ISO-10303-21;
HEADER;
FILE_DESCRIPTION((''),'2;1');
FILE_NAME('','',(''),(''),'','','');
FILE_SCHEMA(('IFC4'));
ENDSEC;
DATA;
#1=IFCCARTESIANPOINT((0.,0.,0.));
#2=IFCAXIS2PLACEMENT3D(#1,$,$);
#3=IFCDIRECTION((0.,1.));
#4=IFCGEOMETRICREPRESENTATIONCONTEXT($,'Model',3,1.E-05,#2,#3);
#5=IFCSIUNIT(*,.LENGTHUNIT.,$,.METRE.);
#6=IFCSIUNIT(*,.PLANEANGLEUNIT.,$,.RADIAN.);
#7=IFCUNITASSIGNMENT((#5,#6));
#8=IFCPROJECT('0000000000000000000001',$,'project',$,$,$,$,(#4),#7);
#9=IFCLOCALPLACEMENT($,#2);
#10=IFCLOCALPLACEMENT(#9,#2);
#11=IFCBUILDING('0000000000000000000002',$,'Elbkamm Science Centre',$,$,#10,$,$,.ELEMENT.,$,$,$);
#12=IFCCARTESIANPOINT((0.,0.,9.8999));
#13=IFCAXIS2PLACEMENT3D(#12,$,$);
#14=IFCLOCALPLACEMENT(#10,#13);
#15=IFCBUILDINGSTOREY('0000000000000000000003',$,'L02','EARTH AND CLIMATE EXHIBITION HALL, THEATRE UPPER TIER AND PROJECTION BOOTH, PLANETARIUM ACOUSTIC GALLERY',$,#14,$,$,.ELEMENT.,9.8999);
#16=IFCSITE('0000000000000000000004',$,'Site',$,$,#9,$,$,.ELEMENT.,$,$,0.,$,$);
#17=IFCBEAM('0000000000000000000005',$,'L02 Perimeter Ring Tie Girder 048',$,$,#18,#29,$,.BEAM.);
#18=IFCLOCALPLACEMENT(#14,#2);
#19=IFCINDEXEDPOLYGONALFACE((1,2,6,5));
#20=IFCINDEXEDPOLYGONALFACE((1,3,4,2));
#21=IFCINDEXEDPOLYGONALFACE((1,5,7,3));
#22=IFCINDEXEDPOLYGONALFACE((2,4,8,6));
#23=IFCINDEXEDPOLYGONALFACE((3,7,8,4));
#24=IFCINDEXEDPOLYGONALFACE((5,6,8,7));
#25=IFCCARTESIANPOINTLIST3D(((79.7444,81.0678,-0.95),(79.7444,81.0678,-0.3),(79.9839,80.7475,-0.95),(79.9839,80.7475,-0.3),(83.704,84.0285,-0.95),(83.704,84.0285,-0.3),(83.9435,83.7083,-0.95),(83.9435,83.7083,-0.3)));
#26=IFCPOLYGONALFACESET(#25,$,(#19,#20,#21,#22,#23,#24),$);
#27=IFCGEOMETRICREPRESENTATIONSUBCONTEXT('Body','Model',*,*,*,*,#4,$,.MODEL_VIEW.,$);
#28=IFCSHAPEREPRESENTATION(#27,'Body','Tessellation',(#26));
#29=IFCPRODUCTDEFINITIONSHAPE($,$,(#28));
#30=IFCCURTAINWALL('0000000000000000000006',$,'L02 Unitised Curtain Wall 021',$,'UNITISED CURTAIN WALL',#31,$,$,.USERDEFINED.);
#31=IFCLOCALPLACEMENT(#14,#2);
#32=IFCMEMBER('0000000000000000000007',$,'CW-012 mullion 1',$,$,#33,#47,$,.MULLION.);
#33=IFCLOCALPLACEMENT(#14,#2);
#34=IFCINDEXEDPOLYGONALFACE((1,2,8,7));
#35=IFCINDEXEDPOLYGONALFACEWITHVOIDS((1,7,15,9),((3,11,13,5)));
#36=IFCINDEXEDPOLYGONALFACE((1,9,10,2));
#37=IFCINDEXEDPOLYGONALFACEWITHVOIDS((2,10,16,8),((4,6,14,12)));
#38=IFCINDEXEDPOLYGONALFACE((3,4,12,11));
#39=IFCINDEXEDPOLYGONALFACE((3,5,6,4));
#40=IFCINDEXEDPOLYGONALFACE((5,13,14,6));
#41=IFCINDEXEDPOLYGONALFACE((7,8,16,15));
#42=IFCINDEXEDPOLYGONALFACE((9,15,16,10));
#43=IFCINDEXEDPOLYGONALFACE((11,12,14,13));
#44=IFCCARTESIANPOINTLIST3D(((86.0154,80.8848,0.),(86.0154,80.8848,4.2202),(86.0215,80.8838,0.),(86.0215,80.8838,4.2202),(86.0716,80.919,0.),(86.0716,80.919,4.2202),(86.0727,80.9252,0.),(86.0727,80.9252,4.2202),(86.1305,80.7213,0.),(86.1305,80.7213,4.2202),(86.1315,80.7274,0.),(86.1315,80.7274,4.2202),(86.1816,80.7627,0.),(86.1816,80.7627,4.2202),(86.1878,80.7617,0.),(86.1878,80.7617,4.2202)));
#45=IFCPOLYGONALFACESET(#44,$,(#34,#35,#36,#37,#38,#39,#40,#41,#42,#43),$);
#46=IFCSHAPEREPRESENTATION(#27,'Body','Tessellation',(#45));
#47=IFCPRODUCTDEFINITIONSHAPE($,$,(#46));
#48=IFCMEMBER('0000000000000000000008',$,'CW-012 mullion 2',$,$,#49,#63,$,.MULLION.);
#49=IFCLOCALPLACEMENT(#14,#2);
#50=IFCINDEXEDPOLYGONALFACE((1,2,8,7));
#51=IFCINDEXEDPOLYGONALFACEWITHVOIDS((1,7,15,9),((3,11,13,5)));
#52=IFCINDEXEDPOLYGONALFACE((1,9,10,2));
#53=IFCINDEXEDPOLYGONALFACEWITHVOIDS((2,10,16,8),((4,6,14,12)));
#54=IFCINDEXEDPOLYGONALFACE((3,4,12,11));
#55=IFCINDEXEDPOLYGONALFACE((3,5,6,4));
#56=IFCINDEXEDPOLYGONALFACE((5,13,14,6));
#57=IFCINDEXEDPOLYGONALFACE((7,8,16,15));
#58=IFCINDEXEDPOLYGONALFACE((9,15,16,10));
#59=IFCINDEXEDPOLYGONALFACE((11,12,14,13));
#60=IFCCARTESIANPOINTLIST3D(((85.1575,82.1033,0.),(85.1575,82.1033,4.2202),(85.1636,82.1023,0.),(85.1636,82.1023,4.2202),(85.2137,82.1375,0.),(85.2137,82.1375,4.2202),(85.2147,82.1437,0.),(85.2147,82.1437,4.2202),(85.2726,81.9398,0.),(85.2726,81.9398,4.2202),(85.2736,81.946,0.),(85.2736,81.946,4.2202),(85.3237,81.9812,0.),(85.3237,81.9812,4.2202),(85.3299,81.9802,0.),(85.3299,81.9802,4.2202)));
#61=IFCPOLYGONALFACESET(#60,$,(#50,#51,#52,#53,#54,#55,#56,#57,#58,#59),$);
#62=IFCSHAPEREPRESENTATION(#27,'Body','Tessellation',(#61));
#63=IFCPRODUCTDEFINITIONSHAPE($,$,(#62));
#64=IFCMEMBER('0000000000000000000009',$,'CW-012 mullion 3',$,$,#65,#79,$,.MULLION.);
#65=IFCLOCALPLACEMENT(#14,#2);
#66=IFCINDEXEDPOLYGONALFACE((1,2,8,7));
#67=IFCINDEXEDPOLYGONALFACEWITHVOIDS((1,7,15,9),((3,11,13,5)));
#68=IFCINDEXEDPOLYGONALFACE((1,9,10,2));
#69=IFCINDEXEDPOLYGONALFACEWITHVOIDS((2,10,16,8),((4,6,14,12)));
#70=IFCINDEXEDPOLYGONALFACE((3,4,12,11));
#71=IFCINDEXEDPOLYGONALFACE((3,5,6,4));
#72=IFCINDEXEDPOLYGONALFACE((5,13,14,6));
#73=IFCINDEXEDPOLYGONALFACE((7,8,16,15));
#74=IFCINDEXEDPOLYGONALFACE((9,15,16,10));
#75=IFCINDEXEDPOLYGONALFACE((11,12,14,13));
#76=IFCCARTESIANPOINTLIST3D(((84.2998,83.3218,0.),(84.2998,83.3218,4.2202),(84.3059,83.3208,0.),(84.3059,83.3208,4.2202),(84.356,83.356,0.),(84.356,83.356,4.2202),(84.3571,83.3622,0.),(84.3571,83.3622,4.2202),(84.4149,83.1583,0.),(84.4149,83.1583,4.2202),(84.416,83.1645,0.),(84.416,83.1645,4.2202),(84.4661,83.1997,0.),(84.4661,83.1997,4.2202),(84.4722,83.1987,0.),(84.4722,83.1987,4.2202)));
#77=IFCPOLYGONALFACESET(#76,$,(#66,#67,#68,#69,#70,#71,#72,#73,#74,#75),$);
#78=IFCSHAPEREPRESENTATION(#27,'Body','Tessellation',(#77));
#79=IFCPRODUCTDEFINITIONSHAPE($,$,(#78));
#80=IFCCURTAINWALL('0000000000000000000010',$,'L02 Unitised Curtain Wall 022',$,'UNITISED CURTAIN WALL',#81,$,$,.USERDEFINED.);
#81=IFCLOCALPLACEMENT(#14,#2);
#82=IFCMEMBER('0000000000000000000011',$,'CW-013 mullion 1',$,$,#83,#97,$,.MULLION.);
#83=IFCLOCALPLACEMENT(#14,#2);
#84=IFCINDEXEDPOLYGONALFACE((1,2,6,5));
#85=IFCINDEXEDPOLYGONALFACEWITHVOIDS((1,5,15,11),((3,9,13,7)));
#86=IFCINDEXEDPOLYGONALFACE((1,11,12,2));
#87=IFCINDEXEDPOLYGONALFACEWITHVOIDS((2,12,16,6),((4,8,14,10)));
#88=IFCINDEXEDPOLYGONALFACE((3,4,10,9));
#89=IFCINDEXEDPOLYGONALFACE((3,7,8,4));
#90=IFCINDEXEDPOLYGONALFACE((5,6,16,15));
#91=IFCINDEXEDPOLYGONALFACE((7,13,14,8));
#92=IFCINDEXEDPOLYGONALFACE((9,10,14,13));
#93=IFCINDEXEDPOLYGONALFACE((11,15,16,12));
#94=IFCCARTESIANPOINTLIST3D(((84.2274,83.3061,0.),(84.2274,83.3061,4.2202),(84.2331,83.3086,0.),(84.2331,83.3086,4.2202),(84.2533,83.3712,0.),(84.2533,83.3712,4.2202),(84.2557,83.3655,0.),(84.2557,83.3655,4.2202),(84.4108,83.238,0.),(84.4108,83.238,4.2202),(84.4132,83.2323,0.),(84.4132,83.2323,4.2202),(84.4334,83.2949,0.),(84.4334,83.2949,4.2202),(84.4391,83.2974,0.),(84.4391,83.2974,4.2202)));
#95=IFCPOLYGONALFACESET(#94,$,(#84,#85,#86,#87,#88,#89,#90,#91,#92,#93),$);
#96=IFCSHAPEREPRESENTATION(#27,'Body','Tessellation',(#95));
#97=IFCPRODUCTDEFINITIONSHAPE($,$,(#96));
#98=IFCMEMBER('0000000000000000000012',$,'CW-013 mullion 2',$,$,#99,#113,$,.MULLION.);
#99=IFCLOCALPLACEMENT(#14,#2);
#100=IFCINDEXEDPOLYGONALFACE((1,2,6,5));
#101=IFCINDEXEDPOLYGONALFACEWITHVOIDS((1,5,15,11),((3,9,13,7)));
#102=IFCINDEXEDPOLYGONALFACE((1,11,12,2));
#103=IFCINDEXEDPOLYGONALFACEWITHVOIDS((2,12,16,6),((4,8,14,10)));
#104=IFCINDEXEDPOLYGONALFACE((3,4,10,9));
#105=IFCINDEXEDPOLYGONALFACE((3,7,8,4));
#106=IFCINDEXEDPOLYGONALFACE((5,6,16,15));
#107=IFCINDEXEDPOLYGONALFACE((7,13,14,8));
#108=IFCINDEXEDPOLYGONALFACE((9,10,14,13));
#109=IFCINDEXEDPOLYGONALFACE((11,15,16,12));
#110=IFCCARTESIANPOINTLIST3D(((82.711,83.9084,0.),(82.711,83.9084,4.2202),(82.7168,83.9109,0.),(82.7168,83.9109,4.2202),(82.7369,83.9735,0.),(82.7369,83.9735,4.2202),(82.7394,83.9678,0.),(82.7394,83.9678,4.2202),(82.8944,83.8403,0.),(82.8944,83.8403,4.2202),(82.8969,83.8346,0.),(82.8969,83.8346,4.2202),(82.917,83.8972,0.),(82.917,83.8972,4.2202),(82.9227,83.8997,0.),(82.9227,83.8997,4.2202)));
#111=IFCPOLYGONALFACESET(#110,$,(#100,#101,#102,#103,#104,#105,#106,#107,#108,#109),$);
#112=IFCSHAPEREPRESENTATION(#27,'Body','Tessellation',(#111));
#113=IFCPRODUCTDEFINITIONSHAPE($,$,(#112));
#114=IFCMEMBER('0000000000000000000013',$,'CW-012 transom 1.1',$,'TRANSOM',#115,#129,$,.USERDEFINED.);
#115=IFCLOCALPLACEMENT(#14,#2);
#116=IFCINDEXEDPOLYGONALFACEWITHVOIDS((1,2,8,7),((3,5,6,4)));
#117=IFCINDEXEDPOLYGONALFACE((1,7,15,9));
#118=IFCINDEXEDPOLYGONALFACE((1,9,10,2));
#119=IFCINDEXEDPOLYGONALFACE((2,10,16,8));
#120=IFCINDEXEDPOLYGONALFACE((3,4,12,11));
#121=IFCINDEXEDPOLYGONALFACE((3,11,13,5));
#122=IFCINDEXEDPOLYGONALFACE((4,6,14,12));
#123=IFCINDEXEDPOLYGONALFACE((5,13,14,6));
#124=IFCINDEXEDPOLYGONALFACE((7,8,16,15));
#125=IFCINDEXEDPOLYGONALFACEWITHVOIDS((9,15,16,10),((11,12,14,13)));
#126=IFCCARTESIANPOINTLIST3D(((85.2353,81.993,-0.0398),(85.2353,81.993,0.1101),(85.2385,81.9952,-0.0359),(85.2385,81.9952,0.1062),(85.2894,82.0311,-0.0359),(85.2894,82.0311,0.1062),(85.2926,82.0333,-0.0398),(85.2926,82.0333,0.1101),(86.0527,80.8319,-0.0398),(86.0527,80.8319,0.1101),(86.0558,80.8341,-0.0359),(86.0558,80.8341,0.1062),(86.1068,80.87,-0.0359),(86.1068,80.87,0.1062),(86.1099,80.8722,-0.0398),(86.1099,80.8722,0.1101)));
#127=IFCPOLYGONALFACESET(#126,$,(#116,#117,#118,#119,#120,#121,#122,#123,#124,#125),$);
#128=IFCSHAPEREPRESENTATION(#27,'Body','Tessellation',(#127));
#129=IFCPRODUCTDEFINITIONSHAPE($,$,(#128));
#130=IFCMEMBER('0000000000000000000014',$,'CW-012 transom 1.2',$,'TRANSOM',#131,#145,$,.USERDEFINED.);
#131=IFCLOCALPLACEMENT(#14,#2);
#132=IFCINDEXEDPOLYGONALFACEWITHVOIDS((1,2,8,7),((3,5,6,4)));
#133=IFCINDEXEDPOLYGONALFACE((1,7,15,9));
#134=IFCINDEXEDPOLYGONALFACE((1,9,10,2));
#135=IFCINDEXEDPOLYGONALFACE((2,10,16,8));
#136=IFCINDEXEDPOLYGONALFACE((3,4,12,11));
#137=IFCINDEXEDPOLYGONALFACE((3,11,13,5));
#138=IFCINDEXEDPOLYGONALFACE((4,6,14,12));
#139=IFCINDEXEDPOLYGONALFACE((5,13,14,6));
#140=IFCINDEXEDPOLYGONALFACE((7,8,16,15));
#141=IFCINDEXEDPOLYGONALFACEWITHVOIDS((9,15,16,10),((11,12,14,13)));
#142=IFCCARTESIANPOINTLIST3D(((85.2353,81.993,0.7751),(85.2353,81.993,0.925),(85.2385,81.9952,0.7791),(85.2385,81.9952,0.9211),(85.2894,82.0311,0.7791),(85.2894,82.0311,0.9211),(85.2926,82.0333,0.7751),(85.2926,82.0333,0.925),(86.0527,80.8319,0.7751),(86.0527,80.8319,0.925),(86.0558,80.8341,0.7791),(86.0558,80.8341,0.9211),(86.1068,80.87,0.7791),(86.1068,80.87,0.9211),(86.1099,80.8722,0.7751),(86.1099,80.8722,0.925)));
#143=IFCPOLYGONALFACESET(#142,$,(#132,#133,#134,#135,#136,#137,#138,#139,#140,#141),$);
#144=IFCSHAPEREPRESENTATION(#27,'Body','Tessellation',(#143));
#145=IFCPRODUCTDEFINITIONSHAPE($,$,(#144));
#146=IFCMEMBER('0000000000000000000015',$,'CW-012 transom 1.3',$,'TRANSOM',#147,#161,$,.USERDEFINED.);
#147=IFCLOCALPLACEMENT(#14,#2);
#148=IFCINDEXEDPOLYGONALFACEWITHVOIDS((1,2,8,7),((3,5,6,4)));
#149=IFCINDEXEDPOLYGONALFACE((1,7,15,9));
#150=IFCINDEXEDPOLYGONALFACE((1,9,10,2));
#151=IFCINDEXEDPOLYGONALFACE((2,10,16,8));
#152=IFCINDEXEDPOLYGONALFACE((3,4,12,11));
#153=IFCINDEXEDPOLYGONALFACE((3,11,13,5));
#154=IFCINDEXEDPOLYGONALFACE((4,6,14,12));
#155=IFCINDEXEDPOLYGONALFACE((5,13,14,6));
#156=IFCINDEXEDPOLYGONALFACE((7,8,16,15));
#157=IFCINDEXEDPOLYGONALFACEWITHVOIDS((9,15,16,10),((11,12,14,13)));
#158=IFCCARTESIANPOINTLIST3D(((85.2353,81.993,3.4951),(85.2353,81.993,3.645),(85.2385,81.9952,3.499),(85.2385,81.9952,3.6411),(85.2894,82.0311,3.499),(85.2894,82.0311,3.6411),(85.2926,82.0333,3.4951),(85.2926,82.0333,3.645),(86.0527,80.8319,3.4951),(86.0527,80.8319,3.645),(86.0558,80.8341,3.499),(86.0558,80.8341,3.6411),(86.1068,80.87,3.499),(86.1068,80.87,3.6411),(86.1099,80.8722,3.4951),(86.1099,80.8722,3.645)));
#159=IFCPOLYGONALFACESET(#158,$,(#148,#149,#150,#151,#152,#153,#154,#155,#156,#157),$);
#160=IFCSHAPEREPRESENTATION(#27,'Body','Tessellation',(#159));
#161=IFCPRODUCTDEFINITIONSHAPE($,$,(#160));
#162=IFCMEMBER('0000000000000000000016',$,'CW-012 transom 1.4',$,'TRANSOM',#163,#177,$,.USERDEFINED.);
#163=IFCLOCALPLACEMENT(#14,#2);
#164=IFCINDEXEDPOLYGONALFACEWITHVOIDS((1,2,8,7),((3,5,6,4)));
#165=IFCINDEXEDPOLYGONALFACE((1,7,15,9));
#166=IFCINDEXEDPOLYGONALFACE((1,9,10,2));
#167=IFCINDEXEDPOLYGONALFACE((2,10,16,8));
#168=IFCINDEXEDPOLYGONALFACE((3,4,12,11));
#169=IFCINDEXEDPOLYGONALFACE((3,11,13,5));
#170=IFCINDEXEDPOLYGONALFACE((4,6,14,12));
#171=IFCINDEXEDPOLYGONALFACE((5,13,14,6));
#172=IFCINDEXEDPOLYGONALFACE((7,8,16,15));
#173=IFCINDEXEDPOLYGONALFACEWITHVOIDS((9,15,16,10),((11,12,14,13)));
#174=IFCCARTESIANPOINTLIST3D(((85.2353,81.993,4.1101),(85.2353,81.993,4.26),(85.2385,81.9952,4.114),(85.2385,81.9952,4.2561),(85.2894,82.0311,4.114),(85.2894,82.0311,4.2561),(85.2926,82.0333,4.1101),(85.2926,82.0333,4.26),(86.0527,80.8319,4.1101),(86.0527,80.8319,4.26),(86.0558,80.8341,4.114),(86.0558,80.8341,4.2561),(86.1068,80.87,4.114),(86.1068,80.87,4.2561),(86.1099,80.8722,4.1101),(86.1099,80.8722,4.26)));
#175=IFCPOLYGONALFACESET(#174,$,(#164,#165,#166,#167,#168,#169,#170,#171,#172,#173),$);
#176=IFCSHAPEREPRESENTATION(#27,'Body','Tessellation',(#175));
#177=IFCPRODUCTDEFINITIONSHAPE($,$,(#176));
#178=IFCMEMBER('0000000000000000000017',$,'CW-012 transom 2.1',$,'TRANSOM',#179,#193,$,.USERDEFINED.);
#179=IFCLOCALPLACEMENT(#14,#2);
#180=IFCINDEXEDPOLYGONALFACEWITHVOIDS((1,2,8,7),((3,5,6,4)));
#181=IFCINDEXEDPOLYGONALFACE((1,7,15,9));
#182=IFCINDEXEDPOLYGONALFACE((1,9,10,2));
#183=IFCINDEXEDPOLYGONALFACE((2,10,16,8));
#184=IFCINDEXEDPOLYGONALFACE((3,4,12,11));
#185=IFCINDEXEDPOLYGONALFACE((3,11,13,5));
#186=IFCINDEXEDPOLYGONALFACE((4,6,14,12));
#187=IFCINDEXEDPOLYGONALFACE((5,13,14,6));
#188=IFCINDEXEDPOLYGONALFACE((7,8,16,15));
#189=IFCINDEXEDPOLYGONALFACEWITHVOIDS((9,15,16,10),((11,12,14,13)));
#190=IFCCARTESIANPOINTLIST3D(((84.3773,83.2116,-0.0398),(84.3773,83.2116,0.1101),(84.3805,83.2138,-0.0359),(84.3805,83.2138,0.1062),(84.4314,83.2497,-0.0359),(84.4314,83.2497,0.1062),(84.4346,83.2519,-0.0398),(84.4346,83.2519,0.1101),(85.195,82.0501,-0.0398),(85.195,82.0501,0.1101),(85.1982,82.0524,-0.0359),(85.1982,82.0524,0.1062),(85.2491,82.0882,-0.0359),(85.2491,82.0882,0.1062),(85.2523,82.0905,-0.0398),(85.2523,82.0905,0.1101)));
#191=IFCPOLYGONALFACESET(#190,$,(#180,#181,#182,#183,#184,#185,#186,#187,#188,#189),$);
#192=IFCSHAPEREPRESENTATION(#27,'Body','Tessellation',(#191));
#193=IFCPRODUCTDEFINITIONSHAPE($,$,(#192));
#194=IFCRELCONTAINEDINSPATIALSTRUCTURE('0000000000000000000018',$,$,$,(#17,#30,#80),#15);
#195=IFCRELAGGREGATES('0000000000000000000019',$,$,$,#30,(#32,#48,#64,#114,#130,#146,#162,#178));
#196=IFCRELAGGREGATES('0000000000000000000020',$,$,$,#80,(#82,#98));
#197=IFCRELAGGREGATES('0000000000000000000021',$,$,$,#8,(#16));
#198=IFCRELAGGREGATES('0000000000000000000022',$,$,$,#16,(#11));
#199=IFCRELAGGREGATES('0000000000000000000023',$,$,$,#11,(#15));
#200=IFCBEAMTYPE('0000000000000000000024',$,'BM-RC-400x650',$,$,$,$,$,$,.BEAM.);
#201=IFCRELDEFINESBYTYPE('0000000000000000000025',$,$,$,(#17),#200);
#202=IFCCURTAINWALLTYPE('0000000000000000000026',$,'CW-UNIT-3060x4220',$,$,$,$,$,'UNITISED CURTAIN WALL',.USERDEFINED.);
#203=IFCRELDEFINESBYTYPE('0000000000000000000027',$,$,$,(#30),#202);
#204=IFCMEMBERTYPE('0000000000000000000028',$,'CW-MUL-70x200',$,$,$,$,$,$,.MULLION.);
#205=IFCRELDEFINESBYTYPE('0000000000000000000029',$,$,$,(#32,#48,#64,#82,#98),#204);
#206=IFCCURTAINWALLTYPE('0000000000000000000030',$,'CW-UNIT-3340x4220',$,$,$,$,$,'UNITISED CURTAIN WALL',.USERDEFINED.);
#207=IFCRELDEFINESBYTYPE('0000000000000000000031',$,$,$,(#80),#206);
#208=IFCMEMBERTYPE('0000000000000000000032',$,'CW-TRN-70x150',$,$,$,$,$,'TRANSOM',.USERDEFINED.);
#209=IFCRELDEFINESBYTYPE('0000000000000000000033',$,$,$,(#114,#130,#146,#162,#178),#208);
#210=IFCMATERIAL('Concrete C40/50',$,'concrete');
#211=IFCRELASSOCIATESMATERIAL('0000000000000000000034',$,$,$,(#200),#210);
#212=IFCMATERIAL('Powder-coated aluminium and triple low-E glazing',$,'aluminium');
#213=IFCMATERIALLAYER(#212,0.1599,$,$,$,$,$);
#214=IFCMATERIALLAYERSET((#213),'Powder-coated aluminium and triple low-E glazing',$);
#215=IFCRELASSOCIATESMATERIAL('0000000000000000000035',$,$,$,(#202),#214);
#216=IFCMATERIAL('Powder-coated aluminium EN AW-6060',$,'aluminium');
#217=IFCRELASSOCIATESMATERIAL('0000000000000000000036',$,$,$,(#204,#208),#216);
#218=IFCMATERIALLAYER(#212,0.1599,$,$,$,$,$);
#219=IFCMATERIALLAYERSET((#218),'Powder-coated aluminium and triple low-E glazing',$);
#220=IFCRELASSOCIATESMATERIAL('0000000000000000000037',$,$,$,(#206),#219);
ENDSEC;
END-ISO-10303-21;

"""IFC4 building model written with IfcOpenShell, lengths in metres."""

from ifc_helpers import new_model, si_unit, direction, frame, origin, origin_2d, place, context, subcontext, project, spatial, rectangle, hollow_rectangle, extrude, material, layer, layer_set, material_profile, profile_set, type_object, element, aggregate, save


model = new_model("IFC4")

# Units and contexts
model_context = context("Model", 3, precision=1e-05, world=origin(), true_north=direction((0.0, 1.0)))
body_context = subcontext(model_context, "Body", "Model", "MODEL_VIEW")
ifc_project = project(units=[si_unit("LENGTHUNIT", "METRE"), si_unit("PLANEANGLEUNIT", "RADIAN")], contexts=[model_context])

# Site, building, storey
site_placement = place(None, origin())
site = spatial("IfcSite", under=ifc_project, at=site_placement, Name="Site", CompositionType="ELEMENT", RefElevation=0.0)
building_placement = place(site_placement, origin())
building = spatial("IfcBuilding", under=site, at=building_placement, Name="Elbkamm Science Centre", CompositionType="ELEMENT")
storey_placement = place(building_placement, frame((0.0, 0.0, 9.8999)))
storey = spatial("IfcBuildingStorey", under=building, at=storey_placement, Name="L02", Description="EARTH AND CLIMATE EXHIBITION HALL, THEATRE UPPER TIER AND PROJECTION BOOTH, PLANETARIUM ACOUSTIC GALLERY", CompositionType="ELEMENT", Elevation=9.8999)

# Beam
ifc_material_1 = material(Name="Concrete C40/50", Category="concrete")
ifc_material_profile_1 = material_profile(ifc_material_1, rectangle(XDim=0.3999, YDim=0.6499, at=origin_2d()), Name="RC 400x650")
ifc_profile_set_1 = profile_set([ifc_material_profile_1], Name="Concrete C40/50")
beam_type = type_object("IfcBeamType", Name="BM-RC-400x650", PredefinedType="BEAM", material=ifc_profile_set_1)
beam_placement = place(storey_placement, frame((83.8237, 83.8684, -0.625), z_axis=(-0.800864, -0.598846, 0.0), x_axis=(0.598846, -0.800864, 0.0)))
element("IfcBeam", 1, at=beam_placement, inside=storey, type_object=beam_type, Name="L02 Perimeter Ring Tie Girder 048", PredefinedType="BEAM", context=body_context, shape_type="SweptSolid", body=[
    extrude(rectangle(XDim=0.3999, YDim=0.6499, at=origin_2d()), origin(), (0.0, 0.0, 1.0), 4.9441),
])

# Curtain walls, members
ifc_material_2 = material(Name="Powder-coated aluminium and triple low-E glazing", Category="aluminium")
ifc_layer_1 = layer(ifc_material_2, 0.1599)
ifc_layer_set_1 = layer_set([ifc_layer_1], Name="Powder-coated aluminium and triple low-E glazing")
curtain_wall_type_1 = type_object("IfcCurtainWallType", Name="CW-UNIT-3060x4220", ElementType="UNITISED CURTAIN WALL", PredefinedType="USERDEFINED", material=ifc_layer_set_1)
curtain_wall_1_placement = place(storey_placement, origin())
curtain_wall_1 = element("IfcCurtainWall", 2, at=curtain_wall_1_placement, inside=storey, type_object=curtain_wall_type_1, Name="L02 Unitised Curtain Wall 021", ObjectType="UNITISED CURTAIN WALL", PredefinedType="USERDEFINED")
ifc_material_3 = material(Name="Powder-coated aluminium EN AW-6060", Category="aluminium")
ifc_material_profile_2 = material_profile(ifc_material_3, hollow_rectangle(XDim=0.0701, YDim=0.2, WallThickness=0.0044, at=origin_2d()), Name="ALU M70x200")
ifc_profile_set_2 = profile_set([ifc_material_profile_2], Name="Powder-coated aluminium EN AW-6060")
member_type_1 = type_object("IfcMemberType", Name="CW-MUL-70x200", PredefinedType="MULLION", material=ifc_profile_set_2)
member_1_placement = place(storey_placement, frame((86.1016, 80.8232, 0.0), z_axis=(0.0, 0.0, 1.0), x_axis=(-0.817695, -0.575652, 0.0)))
member_1 = element("IfcMember", 3, at=member_1_placement, type_object=member_type_1, Name="CW-012 mullion 1", PredefinedType="MULLION", context=body_context, shape_type="SweptSolid", body=[
    extrude(hollow_rectangle(XDim=0.0701, YDim=0.2, WallThickness=0.0044, at=origin_2d()), origin(), (0.0, 0.0, 1.0), 4.2202),
])
member_2_placement = place(storey_placement, frame((85.2437, 82.0417, 0.0), z_axis=(0.0, 0.0, 1.0), x_axis=(-0.817695, -0.575652, 0.0)))
member_2 = element("IfcMember", 4, at=member_2_placement, type_object=member_type_1, Name="CW-012 mullion 2", PredefinedType="MULLION", context=body_context, shape_type="SweptSolid", body=[
    extrude(hollow_rectangle(XDim=0.0701, YDim=0.2, WallThickness=0.0044, at=origin_2d()), origin(), (0.0, 0.0, 1.0), 4.2202),
])
member_3_placement = place(storey_placement, frame((84.386, 83.2603, 0.0), z_axis=(0.0, 0.0, 1.0), x_axis=(-0.817695, -0.575652, 0.0)))
member_3 = element("IfcMember", 5, at=member_3_placement, type_object=member_type_1, Name="CW-012 mullion 3", PredefinedType="MULLION", context=body_context, shape_type="SweptSolid", body=[
    extrude(hollow_rectangle(XDim=0.0701, YDim=0.2, WallThickness=0.0044, at=origin_2d()), origin(), (0.0, 0.0, 1.0), 4.2202),
])
ifc_layer_2 = layer(ifc_material_2, 0.1599)
ifc_layer_set_2 = layer_set([ifc_layer_2], Name="Powder-coated aluminium and triple low-E glazing")
curtain_wall_type_2 = type_object("IfcCurtainWallType", Name="CW-UNIT-3340x4220", ElementType="UNITISED CURTAIN WALL", PredefinedType="USERDEFINED", material=ifc_layer_set_2)
curtain_wall_2_placement = place(storey_placement, origin())
curtain_wall_2 = element("IfcCurtainWall", 6, at=curtain_wall_2_placement, inside=storey, type_object=curtain_wall_type_2, Name="L02 Unitised Curtain Wall 022", ObjectType="UNITISED CURTAIN WALL", PredefinedType="USERDEFINED")
member_4_placement = place(storey_placement, frame((84.3333, 83.3018, 0.0), z_axis=(0.0, 0.0, 1.0), x_axis=(-0.36916, -0.929366, 0.0)))
member_4 = element("IfcMember", 7, at=member_4_placement, type_object=member_type_1, Name="CW-013 mullion 1", PredefinedType="MULLION", context=body_context, shape_type="SweptSolid", body=[
    extrude(hollow_rectangle(XDim=0.0701, YDim=0.2, WallThickness=0.0044, at=origin_2d()), origin(), (0.0, 0.0, 1.0), 4.2202),
])
member_5_placement = place(storey_placement, frame((82.8169, 83.9041, 0.0), z_axis=(0.0, 0.0, 1.0), x_axis=(-0.36916, -0.929366, 0.0)))
member_5 = element("IfcMember", 8, at=member_5_placement, type_object=member_type_1, Name="CW-013 mullion 2", PredefinedType="MULLION", context=body_context, shape_type="SweptSolid", body=[
    extrude(hollow_rectangle(XDim=0.0701, YDim=0.2, WallThickness=0.0044, at=origin_2d()), origin(), (0.0, 0.0, 1.0), 4.2202),
])

# Members
ifc_material_profile_3 = material_profile(ifc_material_3, hollow_rectangle(XDim=0.0701, YDim=0.1499, WallThickness=0.0039, at=origin_2d()), Name="ALU T70x150")
ifc_profile_set_3 = profile_set([ifc_material_profile_3], Name="Powder-coated aluminium EN AW-6060")
member_type_2 = type_object("IfcMemberType", Name="CW-TRN-70x150", ElementType="TRANSOM", PredefinedType="USERDEFINED", material=ifc_profile_set_3)
member_6_placement = place(storey_placement, frame((86.0813, 80.8521, 0.0352), z_axis=(-0.57563, 0.817711, 0.0), x_axis=(-0.817711, -0.57563, 0.0)))
member_6 = element("IfcMember", 9, at=member_6_placement, type_object=member_type_2, Name="CW-012 transom 1.1", ObjectType="TRANSOM", PredefinedType="USERDEFINED", context=body_context, shape_type="SweptSolid", body=[
    extrude(hollow_rectangle(XDim=0.0701, YDim=0.1499, WallThickness=0.0039, at=origin_2d()), origin(), (0.0, 0.0, 1.0), 1.4199),
])
member_7_placement = place(storey_placement, frame((86.0813, 80.8521, 0.8501), z_axis=(-0.57563, 0.817711, 0.0), x_axis=(-0.817711, -0.57563, 0.0)))
member_7 = element("IfcMember", 10, at=member_7_placement, type_object=member_type_2, Name="CW-012 transom 1.2", ObjectType="TRANSOM", PredefinedType="USERDEFINED", context=body_context, shape_type="SweptSolid", body=[
    extrude(hollow_rectangle(XDim=0.0701, YDim=0.1499, WallThickness=0.0039, at=origin_2d()), origin(), (0.0, 0.0, 1.0), 1.4199),
])
member_8_placement = place(storey_placement, frame((86.0813, 80.8521, 3.5701), z_axis=(-0.57563, 0.817711, 0.0), x_axis=(-0.817711, -0.57563, 0.0)))
member_8 = element("IfcMember", 11, at=member_8_placement, type_object=member_type_2, Name="CW-012 transom 1.3", ObjectType="TRANSOM", PredefinedType="USERDEFINED", context=body_context, shape_type="SweptSolid", body=[
    extrude(hollow_rectangle(XDim=0.0701, YDim=0.1499, WallThickness=0.0039, at=origin_2d()), origin(), (0.0, 0.0, 1.0), 1.4199),
])
member_9_placement = place(storey_placement, frame((86.0813, 80.8521, 4.1851), z_axis=(-0.57563, 0.817711, 0.0), x_axis=(-0.817711, -0.57563, 0.0)))
member_9 = element("IfcMember", 12, at=member_9_placement, type_object=member_type_2, Name="CW-012 transom 1.4", ObjectType="TRANSOM", PredefinedType="USERDEFINED", context=body_context, shape_type="SweptSolid", body=[
    extrude(hollow_rectangle(XDim=0.0701, YDim=0.1499, WallThickness=0.0039, at=origin_2d()), origin(), (0.0, 0.0, 1.0), 1.4199),
])
member_10_placement = place(storey_placement, frame((85.2236, 82.0703, 0.0352), z_axis=(-0.575664, 0.817687, 0.0), x_axis=(-0.817687, -0.575664, 0.0)))
member_10 = element("IfcMember", 13, at=member_10_placement, type_object=member_type_2, Name="CW-012 transom 2.1", ObjectType="TRANSOM", PredefinedType="USERDEFINED", context=body_context, shape_type="SweptSolid", body=[
    extrude(hollow_rectangle(XDim=0.0701, YDim=0.1499, WallThickness=0.0039, at=origin_2d()), origin(), (0.0, 0.0, 1.0), 1.4204),
])

aggregate(curtain_wall_1, [member_1, member_2, member_3, member_6, member_7, member_8, member_9, member_10])
aggregate(curtain_wall_2, [member_4, member_5])

save(model, "model.ifc")
